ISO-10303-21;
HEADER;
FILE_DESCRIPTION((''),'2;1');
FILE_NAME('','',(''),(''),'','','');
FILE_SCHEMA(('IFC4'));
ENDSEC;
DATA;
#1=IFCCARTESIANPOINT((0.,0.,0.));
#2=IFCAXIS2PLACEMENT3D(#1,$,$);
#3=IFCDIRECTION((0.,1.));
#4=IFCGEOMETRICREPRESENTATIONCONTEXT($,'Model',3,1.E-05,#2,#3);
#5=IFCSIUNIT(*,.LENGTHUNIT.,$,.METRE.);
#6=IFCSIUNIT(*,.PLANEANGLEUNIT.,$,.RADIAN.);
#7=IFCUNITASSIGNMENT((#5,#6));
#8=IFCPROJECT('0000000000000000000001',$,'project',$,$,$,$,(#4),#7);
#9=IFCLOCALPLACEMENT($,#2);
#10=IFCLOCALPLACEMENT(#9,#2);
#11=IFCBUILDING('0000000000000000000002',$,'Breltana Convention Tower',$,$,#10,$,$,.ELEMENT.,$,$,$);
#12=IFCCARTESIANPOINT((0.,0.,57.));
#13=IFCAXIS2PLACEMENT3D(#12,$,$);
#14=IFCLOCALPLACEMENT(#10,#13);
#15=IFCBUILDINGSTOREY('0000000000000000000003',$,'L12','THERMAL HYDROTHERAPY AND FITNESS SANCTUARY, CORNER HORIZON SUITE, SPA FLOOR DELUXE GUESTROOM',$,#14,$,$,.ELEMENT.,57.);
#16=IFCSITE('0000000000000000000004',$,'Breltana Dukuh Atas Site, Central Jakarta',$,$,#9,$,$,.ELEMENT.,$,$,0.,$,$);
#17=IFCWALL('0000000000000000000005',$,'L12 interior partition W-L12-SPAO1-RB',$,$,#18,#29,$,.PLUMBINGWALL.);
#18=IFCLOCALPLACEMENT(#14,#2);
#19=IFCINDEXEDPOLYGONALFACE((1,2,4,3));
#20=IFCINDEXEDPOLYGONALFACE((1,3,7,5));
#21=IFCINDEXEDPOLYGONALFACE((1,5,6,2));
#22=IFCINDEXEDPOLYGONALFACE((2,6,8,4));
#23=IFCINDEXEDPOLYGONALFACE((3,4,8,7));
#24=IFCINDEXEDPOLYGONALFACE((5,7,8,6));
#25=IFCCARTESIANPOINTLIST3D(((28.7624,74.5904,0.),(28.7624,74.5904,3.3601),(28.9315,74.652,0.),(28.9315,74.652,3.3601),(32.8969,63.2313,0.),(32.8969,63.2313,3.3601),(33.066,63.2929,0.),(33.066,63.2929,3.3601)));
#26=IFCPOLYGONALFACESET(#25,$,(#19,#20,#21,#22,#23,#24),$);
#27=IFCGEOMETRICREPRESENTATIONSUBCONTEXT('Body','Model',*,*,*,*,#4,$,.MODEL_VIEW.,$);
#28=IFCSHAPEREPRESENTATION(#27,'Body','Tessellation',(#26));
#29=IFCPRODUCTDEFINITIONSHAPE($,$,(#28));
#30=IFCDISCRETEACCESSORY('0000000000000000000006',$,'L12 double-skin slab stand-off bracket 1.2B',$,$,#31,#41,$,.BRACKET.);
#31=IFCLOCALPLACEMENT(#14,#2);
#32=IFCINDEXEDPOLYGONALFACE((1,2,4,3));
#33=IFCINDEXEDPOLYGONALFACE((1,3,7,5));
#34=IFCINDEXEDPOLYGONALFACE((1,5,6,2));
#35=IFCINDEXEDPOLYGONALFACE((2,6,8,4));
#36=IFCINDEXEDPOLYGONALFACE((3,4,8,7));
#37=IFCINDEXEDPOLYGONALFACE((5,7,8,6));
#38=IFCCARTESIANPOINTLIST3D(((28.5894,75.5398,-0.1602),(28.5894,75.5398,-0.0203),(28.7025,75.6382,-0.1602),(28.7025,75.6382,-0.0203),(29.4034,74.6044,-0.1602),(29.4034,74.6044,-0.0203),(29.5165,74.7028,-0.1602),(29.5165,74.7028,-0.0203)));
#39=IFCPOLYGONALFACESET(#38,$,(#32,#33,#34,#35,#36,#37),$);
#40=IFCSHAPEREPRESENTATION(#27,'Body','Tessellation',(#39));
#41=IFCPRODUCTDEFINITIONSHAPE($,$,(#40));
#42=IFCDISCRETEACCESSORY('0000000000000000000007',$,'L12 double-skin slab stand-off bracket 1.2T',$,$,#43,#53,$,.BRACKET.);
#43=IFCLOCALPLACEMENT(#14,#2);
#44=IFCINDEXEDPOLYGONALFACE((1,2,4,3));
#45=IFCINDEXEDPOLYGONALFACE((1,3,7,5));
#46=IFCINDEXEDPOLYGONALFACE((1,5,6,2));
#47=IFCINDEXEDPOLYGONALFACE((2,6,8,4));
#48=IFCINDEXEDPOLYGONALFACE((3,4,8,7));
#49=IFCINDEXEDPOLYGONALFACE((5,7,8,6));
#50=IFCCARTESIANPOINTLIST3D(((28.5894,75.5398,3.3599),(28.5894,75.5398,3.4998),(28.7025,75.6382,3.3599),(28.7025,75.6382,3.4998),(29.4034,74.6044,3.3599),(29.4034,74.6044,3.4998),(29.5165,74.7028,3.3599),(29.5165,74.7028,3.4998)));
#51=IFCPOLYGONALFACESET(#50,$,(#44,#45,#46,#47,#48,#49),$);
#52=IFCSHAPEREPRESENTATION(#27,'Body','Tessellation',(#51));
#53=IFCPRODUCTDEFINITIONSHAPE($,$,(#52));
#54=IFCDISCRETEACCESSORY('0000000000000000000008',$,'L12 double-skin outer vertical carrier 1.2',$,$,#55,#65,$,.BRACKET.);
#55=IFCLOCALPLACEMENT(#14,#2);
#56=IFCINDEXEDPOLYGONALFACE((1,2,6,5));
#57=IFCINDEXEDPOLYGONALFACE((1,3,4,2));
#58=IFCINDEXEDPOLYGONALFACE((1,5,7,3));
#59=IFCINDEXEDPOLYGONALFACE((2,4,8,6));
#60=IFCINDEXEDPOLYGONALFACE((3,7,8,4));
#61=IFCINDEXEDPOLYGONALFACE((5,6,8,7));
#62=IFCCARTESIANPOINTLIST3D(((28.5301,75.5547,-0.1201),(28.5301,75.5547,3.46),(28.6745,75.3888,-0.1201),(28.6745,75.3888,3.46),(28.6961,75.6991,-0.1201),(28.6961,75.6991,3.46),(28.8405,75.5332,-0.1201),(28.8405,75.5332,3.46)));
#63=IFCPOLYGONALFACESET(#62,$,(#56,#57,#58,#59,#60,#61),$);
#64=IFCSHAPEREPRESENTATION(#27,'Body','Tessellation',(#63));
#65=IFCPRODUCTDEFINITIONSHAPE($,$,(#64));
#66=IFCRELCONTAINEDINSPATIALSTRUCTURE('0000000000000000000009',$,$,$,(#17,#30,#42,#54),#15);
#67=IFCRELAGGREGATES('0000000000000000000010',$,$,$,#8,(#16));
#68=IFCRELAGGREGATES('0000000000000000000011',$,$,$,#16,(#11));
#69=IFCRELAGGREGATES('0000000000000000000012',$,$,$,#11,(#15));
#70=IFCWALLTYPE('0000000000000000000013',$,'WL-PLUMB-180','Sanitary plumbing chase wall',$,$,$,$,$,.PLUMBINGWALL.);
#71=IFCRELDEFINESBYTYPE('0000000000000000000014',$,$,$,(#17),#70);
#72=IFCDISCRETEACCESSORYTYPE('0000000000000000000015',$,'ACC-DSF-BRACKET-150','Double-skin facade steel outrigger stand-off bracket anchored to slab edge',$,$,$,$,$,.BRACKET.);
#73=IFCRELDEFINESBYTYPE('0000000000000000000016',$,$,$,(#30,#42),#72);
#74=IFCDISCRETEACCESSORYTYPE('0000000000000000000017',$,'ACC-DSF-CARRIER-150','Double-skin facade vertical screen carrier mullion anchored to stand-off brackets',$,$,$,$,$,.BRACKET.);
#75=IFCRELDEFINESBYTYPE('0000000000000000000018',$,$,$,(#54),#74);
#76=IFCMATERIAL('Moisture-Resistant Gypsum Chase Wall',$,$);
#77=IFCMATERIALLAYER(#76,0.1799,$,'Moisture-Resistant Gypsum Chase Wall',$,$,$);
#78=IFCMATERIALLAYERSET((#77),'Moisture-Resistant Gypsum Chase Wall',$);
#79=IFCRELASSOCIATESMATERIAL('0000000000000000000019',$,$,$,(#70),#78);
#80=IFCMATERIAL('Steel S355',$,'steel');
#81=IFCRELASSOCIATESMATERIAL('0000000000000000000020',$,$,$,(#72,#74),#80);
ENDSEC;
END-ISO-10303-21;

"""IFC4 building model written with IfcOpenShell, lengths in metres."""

from ifc_helpers import new_model, si_unit, direction, frame, frame_2d, origin, origin_2d, place, context, subcontext, project, spatial, rectangle, extrude, source, transform, mapped, material, layer, layer_set, type_object, type_shapes, element, save


model = new_model("IFC4")

# Units and contexts
model_context = context("Model", 3, precision=1e-05, world=origin(), true_north=direction((0.0, 1.0)))
body_context = subcontext(model_context, "Body", "Model", "MODEL_VIEW")
ifc_project = project(units=[si_unit("LENGTHUNIT", "METRE"), si_unit("PLANEANGLEUNIT", "RADIAN")], contexts=[model_context])

# Site, building, storey
site_placement = place(None, origin())
site = spatial("IfcSite", under=ifc_project, at=site_placement, Name="Breltana Dukuh Atas Site, Central Jakarta", CompositionType="ELEMENT", RefElevation=0.0)
building_placement = place(site_placement, origin())
building = spatial("IfcBuilding", under=site, at=building_placement, Name="Breltana Convention Tower", CompositionType="ELEMENT")
storey_placement = place(building_placement, frame((0.0, 0.0, 57.0)))
storey = spatial("IfcBuildingStorey", under=building, at=storey_placement, Name="L12", Description="THERMAL HYDROTHERAPY AND FITNESS SANCTUARY, CORNER HORIZON SUITE, SPA FLOOR DELUXE GUESTROOM", CompositionType="ELEMENT", Elevation=57.0)

# Shared definitions
ifc_material_1 = material(Name="Moisture-Resistant Gypsum Chase Wall")
ifc_layer_1 = layer(ifc_material_1, 0.1799, Name="Moisture-Resistant Gypsum Chase Wall")
ifc_layer_set_1 = layer_set([ifc_layer_1], Name="Moisture-Resistant Gypsum Chase Wall")
wall_type = type_object("IfcWallType", Name="WL-PLUMB-180", Description="Sanitary plumbing chase wall", PredefinedType="PLUMBINGWALL", material=ifc_layer_set_1)

# Wall
shared_shape_1 = source(origin(), body_context, "Body", "SweptSolid", [
    extrude(rectangle(XDim=12.0881, YDim=0.1799, at=frame_2d((6.0439, 0.0))), origin(), (0.0, 0.0, 1.0), 3.3601),
])
wall_1_placement = place(storey_placement, frame((32.9814, 63.2622, 0.0), z_axis=(0.0, 0.0, 1.0), x_axis=(-0.34203, 0.939689, 0.0)))
element("IfcWall", 1, at=wall_1_placement, inside=storey, type_object=wall_type, Name="L12 interior partition W-L12-SPAO1-RB", PredefinedType="PLUMBINGWALL", context=body_context, shape_type="MappedRepresentation", body=[
    mapped(shared_shape_1, transform((0.0, 0.0, 0.0), scale=1.0)),
])

# Discrete accessories
ifc_material_2 = material(Name="Steel S355", Category="steel")
discrete_accessory_type_1 = type_object("IfcDiscreteAccessoryType", Name="ACC-DSF-BRACKET-150", Description="Double-skin facade steel outrigger stand-off bracket anchored to slab edge", PredefinedType="BRACKET", material=ifc_material_2)
shared_shape_2 = source(origin(), body_context, "Body", "SweptSolid", [
    extrude(rectangle(XDim=1.24, YDim=0.1499, at=origin_2d()), origin(), (0.0, 0.0, 1.0), 0.1399),
])
type_shapes(discrete_accessory_type_1, [shared_shape_2])
for number, where, z_axis, x_axis, name in (
    (2, (29.053, 75.1213, -0.1602), (0.0, 0.0, 1.0), (-0.656457, 0.754364, 0.0), "L12 double-skin slab stand-off bracket 1.2B"),
    (3, (29.053, 75.1213, 3.3599), (0.0, 0.0, 1.0), (-0.656457, 0.754364, 0.0), "L12 double-skin slab stand-off bracket 1.2T"),
):
    element("IfcDiscreteAccessory", number, at=place(storey_placement, frame(where, z_axis=z_axis, x_axis=x_axis)), inside=storey, type_object=discrete_accessory_type_1, Name=name, PredefinedType="BRACKET", context=body_context, shape_type="MappedRepresentation", body=[
        mapped(shared_shape_2, transform((0.0, 0.0, 0.0), scale=1.0)),
    ])
discrete_accessory_type_2 = type_object("IfcDiscreteAccessoryType", Name="ACC-DSF-CARRIER-150", Description="Double-skin facade vertical screen carrier mullion anchored to stand-off brackets", PredefinedType="BRACKET", material=ifc_material_2)
shared_shape_3 = source(origin(), body_context, "Body", "SweptSolid", [
    extrude(rectangle(XDim=0.22, YDim=0.22, at=origin_2d()), origin(), (0.0, 0.0, 1.0), 3.5801),
])
discrete_accessory_placement = place(storey_placement, frame((28.6853, 75.5439, -0.1201), z_axis=(0.0, 0.0, 1.0), x_axis=(-0.656457, 0.754364, 0.0)))
element("IfcDiscreteAccessory", 4, at=discrete_accessory_placement, inside=storey, type_object=discrete_accessory_type_2, Name="L12 double-skin outer vertical carrier 1.2", PredefinedType="BRACKET", context=body_context, shape_type="MappedRepresentation", body=[
    mapped(shared_shape_3, transform((0.0, 0.0, 0.0), scale=1.0)),
])

save(model, "model.ifc")
